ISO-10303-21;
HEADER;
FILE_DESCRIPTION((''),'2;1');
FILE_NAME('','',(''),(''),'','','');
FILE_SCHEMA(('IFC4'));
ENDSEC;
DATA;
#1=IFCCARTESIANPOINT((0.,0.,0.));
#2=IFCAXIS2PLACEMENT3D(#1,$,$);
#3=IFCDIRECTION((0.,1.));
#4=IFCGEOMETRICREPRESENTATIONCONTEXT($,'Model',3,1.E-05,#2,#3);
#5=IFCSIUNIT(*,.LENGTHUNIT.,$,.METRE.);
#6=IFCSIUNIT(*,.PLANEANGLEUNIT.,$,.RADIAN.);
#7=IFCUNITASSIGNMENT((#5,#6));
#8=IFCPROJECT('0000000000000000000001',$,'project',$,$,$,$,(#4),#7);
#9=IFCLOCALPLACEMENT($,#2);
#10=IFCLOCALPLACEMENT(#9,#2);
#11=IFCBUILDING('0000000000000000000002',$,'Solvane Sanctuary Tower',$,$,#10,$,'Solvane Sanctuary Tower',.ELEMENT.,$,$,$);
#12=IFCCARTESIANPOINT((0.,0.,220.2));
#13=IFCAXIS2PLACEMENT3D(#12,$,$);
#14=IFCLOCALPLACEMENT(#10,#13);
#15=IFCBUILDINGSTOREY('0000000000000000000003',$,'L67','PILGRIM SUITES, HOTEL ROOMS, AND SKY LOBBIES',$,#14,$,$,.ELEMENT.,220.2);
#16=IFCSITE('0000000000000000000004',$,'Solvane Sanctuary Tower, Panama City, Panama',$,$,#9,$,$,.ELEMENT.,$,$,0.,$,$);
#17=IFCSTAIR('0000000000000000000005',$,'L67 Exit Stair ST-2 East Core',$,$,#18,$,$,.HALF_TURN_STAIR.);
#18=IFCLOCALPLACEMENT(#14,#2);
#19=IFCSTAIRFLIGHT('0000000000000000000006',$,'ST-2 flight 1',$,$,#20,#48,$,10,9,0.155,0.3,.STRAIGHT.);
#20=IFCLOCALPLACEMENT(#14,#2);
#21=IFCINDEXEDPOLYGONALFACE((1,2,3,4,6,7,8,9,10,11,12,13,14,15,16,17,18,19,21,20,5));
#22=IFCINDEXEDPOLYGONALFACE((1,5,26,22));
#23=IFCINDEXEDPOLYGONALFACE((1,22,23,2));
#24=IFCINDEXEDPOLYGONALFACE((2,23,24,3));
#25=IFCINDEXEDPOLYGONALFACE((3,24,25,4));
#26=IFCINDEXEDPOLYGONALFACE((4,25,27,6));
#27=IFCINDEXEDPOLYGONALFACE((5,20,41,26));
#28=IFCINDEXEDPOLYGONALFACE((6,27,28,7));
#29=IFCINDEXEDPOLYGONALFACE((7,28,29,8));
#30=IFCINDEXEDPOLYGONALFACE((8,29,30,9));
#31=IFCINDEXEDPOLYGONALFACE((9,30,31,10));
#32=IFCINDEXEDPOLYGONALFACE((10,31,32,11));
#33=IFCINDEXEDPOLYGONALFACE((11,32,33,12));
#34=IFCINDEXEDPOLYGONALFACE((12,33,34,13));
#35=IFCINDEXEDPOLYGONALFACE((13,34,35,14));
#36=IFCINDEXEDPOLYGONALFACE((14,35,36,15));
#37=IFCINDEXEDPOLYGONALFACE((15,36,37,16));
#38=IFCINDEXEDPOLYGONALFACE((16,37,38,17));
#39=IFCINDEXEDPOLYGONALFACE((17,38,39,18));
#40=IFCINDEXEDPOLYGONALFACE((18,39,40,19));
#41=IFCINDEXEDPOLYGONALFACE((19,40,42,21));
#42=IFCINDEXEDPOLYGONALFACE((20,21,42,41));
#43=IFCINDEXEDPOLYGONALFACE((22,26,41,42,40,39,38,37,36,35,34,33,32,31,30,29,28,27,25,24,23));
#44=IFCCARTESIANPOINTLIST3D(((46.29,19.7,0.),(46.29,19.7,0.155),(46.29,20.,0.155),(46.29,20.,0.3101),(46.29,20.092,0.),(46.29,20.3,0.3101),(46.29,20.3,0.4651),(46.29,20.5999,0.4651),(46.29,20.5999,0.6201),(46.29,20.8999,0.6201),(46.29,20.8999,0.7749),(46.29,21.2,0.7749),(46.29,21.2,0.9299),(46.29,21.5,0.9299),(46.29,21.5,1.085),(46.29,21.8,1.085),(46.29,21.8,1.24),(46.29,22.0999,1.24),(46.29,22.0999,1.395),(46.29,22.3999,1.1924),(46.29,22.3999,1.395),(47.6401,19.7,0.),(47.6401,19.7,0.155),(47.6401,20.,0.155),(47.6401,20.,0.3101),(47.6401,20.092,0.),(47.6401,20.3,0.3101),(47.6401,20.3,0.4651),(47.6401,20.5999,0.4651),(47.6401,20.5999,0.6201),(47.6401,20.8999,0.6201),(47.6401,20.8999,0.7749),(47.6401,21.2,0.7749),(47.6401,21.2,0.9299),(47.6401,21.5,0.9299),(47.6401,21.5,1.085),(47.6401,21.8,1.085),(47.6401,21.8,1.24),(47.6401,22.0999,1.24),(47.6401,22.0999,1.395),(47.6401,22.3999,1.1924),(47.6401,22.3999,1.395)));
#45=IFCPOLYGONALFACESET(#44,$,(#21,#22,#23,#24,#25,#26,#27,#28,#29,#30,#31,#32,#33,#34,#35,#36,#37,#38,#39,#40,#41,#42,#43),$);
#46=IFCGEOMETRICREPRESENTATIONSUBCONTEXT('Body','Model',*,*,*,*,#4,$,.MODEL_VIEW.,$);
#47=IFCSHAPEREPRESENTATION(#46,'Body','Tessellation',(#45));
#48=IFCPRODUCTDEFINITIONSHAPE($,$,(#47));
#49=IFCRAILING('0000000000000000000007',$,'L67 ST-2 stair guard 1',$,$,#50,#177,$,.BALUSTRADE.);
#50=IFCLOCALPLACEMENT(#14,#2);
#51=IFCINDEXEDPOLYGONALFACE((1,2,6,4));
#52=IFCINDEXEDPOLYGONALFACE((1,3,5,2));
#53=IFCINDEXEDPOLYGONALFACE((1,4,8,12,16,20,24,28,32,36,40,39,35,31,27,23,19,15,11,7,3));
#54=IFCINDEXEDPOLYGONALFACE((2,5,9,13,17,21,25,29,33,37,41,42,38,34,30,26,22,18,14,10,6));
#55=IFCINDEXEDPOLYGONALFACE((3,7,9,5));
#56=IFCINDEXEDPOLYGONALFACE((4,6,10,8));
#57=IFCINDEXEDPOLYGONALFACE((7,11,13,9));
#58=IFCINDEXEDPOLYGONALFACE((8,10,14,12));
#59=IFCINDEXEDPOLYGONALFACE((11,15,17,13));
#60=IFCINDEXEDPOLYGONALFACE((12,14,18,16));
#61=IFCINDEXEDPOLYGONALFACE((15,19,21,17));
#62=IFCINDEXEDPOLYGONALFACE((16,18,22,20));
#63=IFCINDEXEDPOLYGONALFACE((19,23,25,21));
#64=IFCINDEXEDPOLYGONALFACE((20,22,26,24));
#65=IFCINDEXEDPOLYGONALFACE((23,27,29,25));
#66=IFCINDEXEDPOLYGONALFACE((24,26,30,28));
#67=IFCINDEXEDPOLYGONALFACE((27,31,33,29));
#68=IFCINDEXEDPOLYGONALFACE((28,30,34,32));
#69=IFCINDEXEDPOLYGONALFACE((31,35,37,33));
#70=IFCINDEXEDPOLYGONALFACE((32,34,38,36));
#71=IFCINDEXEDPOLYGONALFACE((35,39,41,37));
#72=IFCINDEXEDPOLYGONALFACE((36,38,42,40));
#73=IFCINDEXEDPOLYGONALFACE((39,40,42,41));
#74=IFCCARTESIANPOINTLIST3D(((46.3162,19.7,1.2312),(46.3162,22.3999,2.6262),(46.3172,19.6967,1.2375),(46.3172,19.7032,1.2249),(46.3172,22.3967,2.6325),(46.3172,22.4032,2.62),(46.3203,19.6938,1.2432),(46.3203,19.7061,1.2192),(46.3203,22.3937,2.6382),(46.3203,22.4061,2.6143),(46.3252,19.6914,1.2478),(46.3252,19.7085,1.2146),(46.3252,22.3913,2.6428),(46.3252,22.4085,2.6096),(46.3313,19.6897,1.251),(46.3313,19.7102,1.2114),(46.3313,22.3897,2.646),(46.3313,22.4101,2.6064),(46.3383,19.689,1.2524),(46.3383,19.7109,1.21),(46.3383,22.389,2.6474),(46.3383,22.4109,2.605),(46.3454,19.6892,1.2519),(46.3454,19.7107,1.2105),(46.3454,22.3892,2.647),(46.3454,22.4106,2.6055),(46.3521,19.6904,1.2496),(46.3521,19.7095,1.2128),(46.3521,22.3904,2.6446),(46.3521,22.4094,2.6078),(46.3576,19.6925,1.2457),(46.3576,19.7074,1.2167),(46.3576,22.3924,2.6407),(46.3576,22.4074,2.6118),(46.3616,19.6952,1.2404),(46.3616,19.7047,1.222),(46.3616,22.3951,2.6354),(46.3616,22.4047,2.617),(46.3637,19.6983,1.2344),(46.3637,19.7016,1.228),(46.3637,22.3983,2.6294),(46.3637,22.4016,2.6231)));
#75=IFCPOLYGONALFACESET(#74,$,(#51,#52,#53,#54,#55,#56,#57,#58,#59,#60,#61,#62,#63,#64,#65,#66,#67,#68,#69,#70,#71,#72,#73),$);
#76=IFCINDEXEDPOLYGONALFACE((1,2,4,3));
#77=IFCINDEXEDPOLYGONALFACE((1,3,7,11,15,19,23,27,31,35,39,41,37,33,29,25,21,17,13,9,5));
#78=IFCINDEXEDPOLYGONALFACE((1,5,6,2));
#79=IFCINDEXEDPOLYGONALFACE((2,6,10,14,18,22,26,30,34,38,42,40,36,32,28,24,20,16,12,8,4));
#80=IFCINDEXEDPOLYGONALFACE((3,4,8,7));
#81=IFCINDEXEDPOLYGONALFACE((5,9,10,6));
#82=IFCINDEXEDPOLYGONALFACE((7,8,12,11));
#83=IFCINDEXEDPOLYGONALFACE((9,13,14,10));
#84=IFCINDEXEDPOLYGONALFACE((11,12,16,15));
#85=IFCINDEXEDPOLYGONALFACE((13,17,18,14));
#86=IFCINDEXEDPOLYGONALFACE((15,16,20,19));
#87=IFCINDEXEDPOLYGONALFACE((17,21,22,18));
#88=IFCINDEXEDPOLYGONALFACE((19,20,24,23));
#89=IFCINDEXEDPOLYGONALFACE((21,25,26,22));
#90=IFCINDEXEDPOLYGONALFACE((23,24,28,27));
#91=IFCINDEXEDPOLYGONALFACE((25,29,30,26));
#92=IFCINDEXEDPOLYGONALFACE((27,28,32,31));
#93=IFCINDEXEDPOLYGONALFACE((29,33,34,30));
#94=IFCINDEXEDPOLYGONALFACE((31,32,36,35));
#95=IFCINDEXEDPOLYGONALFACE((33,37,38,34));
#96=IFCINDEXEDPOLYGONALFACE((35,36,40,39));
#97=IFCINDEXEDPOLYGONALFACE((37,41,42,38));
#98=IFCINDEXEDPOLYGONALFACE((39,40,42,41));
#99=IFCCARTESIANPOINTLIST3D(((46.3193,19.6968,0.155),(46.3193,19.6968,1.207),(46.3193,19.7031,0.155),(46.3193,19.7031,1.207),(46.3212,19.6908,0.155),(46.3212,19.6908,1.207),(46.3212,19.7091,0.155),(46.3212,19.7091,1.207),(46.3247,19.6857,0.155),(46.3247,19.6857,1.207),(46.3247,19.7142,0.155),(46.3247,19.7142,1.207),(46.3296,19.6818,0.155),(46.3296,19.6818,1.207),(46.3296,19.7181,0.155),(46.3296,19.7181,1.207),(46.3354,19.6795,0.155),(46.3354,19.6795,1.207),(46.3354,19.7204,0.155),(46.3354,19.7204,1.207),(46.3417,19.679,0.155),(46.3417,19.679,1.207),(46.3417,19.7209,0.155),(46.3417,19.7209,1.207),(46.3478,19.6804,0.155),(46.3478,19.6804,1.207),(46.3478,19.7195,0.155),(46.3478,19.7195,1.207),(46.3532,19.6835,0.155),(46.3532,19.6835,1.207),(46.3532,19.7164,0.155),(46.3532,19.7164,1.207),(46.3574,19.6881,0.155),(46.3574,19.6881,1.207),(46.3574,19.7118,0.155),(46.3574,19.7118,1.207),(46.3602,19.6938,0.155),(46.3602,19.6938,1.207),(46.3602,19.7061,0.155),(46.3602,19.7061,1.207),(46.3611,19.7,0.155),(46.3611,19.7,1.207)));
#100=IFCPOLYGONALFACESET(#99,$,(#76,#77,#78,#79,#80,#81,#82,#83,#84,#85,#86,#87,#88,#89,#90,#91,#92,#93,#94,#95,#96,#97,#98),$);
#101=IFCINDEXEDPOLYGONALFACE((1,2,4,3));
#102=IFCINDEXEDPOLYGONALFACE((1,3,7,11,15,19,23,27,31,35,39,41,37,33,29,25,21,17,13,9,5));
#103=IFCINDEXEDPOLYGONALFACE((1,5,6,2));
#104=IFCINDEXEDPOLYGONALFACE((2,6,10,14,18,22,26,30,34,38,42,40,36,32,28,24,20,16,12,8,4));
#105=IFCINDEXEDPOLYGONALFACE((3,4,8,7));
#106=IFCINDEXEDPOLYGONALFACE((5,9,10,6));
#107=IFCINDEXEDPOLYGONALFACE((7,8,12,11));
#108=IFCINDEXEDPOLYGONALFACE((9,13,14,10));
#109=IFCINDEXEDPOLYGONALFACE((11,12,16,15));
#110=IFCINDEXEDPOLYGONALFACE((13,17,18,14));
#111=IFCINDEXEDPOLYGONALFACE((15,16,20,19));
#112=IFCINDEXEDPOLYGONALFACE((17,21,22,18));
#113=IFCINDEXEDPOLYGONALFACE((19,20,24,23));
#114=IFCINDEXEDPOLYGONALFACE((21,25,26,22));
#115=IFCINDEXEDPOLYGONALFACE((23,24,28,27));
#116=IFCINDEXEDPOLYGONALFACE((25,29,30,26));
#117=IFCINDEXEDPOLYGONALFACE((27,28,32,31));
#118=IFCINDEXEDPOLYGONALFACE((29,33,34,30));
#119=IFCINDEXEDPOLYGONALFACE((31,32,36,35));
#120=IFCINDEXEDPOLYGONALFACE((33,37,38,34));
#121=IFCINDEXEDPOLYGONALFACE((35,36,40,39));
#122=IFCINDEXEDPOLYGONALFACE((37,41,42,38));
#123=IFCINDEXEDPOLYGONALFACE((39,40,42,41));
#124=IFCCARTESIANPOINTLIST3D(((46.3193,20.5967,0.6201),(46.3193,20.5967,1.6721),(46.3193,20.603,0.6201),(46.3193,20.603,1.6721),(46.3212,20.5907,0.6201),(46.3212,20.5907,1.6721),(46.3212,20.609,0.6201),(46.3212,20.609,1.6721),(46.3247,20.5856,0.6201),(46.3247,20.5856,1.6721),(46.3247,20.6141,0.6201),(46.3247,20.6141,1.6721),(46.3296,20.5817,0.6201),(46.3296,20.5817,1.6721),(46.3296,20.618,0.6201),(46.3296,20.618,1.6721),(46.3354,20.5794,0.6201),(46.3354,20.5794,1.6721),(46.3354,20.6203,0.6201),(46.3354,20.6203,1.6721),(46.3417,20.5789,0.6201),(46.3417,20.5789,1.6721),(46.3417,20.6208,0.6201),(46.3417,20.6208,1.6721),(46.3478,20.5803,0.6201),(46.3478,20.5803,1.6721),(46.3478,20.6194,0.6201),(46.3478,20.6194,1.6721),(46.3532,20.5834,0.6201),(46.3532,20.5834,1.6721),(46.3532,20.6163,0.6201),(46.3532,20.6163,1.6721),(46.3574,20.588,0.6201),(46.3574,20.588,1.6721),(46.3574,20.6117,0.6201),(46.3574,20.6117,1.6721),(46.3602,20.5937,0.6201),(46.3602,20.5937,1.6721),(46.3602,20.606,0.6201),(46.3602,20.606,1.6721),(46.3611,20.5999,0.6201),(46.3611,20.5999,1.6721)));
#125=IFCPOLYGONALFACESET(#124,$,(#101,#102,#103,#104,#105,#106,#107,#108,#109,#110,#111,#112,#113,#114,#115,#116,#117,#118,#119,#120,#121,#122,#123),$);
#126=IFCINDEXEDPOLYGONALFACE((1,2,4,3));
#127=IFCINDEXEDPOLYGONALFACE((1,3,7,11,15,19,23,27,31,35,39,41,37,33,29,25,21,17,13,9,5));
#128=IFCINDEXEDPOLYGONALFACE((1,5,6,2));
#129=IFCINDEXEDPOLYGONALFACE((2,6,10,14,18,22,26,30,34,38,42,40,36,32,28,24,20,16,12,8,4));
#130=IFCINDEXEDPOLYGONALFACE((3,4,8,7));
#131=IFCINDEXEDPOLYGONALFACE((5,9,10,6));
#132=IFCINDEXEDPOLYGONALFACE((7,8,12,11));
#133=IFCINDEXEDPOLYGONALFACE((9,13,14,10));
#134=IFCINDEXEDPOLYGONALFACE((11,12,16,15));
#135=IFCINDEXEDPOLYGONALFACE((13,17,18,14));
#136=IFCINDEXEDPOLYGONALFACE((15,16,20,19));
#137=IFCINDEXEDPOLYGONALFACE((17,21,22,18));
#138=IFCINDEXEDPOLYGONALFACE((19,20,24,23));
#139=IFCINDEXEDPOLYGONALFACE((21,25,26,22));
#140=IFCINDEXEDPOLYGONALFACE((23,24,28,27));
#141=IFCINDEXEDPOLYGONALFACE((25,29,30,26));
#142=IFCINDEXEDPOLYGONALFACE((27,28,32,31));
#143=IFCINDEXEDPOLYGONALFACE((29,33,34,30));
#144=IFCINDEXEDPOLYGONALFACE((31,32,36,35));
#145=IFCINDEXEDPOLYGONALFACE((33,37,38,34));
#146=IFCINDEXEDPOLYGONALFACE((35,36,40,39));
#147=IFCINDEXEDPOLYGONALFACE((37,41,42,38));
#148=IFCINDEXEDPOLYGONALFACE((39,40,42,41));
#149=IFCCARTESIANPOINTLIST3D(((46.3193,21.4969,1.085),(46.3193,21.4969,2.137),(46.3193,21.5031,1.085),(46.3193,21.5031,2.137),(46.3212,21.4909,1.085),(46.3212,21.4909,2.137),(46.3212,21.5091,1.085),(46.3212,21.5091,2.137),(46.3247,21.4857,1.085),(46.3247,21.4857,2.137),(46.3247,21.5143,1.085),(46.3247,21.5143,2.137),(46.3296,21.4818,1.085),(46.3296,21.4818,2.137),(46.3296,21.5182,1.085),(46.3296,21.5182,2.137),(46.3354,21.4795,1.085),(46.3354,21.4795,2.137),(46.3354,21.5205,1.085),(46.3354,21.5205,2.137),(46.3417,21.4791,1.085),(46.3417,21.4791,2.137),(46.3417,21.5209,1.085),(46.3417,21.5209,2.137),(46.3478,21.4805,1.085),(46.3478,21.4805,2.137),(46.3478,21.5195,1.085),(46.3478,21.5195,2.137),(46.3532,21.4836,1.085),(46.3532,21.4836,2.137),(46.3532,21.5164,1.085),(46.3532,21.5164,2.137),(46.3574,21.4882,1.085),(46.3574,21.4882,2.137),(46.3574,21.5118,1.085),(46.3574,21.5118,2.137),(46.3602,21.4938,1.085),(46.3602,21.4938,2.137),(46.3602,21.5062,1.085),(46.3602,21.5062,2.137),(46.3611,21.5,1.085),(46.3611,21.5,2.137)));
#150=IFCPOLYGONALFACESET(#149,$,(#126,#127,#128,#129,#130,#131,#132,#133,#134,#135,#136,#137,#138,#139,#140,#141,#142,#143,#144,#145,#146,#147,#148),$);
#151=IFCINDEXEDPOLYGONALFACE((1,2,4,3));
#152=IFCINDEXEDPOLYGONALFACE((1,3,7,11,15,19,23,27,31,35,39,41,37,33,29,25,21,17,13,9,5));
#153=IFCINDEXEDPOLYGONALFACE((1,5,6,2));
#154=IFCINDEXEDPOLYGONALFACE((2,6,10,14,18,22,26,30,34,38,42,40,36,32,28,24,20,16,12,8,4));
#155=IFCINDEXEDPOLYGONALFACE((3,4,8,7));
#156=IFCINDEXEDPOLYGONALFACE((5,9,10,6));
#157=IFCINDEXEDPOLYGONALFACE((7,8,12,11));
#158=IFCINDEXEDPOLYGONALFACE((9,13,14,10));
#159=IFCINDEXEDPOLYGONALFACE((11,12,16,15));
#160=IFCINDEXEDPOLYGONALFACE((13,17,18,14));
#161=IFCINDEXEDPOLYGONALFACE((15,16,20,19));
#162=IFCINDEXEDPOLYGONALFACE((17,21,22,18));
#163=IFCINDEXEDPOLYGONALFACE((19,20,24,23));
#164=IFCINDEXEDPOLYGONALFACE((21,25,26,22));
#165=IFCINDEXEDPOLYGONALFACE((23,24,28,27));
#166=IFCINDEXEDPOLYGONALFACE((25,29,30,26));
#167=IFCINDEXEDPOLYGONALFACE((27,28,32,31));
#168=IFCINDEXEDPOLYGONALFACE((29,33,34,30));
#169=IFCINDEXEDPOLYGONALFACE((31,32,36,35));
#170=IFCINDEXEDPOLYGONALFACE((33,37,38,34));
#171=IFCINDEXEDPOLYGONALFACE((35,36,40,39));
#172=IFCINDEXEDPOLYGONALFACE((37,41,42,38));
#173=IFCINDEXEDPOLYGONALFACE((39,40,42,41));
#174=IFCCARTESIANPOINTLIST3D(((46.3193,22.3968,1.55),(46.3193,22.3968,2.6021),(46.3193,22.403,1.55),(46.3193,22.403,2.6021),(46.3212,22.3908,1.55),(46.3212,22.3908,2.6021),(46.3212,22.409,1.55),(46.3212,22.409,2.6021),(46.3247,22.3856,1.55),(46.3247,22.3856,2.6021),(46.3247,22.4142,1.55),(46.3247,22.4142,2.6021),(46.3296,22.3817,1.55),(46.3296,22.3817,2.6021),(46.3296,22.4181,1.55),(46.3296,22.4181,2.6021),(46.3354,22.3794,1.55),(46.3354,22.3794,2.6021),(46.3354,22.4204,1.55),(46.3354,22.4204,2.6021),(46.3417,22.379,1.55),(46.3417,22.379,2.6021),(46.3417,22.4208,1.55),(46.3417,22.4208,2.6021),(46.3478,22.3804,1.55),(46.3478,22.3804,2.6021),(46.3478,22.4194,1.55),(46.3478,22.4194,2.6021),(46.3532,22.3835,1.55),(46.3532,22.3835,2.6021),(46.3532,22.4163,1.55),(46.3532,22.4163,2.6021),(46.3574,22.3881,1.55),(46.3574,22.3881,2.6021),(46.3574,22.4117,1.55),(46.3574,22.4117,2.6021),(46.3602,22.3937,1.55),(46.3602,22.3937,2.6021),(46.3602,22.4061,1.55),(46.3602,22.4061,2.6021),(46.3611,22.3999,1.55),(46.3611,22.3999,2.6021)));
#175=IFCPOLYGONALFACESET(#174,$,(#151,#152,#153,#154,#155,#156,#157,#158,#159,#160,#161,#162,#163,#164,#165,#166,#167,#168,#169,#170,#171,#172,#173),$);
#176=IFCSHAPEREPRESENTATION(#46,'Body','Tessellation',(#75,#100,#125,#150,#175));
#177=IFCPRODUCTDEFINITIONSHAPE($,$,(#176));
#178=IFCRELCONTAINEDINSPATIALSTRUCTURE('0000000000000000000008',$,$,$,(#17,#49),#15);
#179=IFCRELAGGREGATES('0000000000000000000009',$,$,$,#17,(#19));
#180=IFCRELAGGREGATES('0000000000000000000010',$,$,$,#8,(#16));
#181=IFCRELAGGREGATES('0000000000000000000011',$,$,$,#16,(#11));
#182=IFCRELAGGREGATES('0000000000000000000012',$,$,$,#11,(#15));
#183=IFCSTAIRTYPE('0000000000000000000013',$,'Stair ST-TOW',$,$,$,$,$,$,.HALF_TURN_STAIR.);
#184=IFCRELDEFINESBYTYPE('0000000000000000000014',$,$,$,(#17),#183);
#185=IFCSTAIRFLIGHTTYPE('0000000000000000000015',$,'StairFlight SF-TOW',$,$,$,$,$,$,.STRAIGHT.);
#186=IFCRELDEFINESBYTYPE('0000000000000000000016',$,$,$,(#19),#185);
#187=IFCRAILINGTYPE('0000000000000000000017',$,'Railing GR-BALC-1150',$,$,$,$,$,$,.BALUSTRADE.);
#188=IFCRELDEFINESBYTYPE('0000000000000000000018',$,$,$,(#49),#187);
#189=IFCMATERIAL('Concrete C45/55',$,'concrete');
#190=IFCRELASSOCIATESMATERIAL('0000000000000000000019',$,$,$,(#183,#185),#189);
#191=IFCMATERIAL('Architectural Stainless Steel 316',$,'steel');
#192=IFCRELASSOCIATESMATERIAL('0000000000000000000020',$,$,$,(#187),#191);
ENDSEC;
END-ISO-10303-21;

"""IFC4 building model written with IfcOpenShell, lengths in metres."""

from ifc_helpers import new_model, si_unit, direction, frame, origin, origin_2d, place, context, subcontext, project, spatial, polyline, circle, outline, extrude, material, type_object, element, aggregate, save


model = new_model("IFC4")

# Units and contexts
model_context = context("Model", 3, precision=1e-05, world=origin(), true_north=direction((0.0, 1.0)))
body_context = subcontext(model_context, "Body", "Model", "MODEL_VIEW")
ifc_project = project(units=[si_unit("LENGTHUNIT", "METRE"), si_unit("PLANEANGLEUNIT", "RADIAN")], contexts=[model_context])

# Site, building, storey
site_placement = place(None, origin())
site = spatial("IfcSite", under=ifc_project, at=site_placement, Name="Solvane Sanctuary Tower, Panama City, Panama", CompositionType="ELEMENT", RefElevation=0.0)
building_placement = place(site_placement, origin())
building = spatial("IfcBuilding", under=site, at=building_placement, Name="Solvane Sanctuary Tower", LongName="Solvane Sanctuary Tower", CompositionType="ELEMENT")
storey_placement = place(building_placement, frame((0.0, 0.0, 220.2)))
storey = spatial("IfcBuildingStorey", under=building, at=storey_placement, Name="L67", Description="PILGRIM SUITES, HOTEL ROOMS, AND SKY LOBBIES", CompositionType="ELEMENT", Elevation=220.2)

# Shared definitions
ifc_material_1 = material(Name="Architectural Stainless Steel 316", Category="steel")

# Stair, stair flight
ifc_material_2 = material(Name="Concrete C45/55", Category="concrete")
stair_type = type_object("IfcStairType", Name="Stair ST-TOW", PredefinedType="HALF_TURN_STAIR", material=ifc_material_2)
stair_placement = place(storey_placement, origin())
stair = element("IfcStair", 1, at=stair_placement, inside=storey, type_object=stair_type, Name="L67 Exit Stair ST-2 East Core", PredefinedType="HALF_TURN_STAIR")
stair_flight_type = type_object("IfcStairFlightType", Name="StairFlight SF-TOW", PredefinedType="STRAIGHT", material=ifc_material_2)
stair_flight_placement = place(storey_placement, frame((46.9651, 19.7, 0.0), z_axis=(0.0, 0.0, 1.0), x_axis=(0.0, 1.0, 0.0)))
stair_flight = element("IfcStairFlight", 2, at=stair_flight_placement, type_object=stair_flight_type, Name="ST-2 flight 1", NumberOfRisers=10, NumberOfTreads=9, PredefinedType="STRAIGHT", RiserHeight=0.155, TreadLength=0.3, context=body_context, shape_type="SweptSolid", body=[
    extrude(outline(polyline([(0.0, 0.0), (0.0, 0.155), (0.3, 0.155), (0.3, 0.3101), (0.6001, 0.3101), (0.6001, 0.4651), (0.8999, 0.4651), (0.8999, 0.6201), (1.2, 0.6201), (1.2, 0.7749), (1.5, 0.7749), (1.5, 0.9299), (1.8, 0.9299), (1.8, 1.085), (2.1001, 1.085), (2.1001, 1.24), (2.3999, 1.24), (2.3999, 1.395), (2.7, 1.395), (2.7, 1.55), (2.7, 1.1924), (0.3921, 0.0), (0.0, 0.0)])), frame((0.0, 0.675, 0.0), z_axis=(0.0, -1.0, 0.0), x_axis=(1.0, 0.0, 0.0)), (0.0, 0.0, 1.0), 1.3501),
])
aggregate(stair, [stair_flight])

# Railing
railing_type_1 = type_object("IfcRailingType", Name="Railing GR-BALC-1150", PredefinedType="BALUSTRADE", material=ifc_material_1)
railing_1_placement = place(storey_placement, frame((46.3401, 19.7, 0.155)))
element("IfcRailing", 3, at=railing_1_placement, inside=storey, type_object=railing_type_1, Name="L67 ST-2 stair guard 1", PredefinedType="BALUSTRADE", context=body_context, shape_type="SweptSolid", body=[
    extrude(circle(Radius=0.0239, at=origin_2d()), frame((0.0, 0.0, 1.0762), z_axis=(0.0, 0.88842, 0.459032), x_axis=(-1.0, 0.0, 0.0)), (0.0, 0.0, 1.0), 3.0391),
    extrude(circle(Radius=0.021, at=origin_2d()), origin(), (0.0, 0.0, 1.0), 1.052),
    extrude(circle(Radius=0.021, at=origin_2d()), frame((0.0, 0.8999, 0.4651)), (0.0, 0.0, 1.0), 1.052),
    extrude(circle(Radius=0.021, at=origin_2d()), frame((0.0, 1.8, 0.9299)), (0.0, 0.0, 1.0), 1.052),
    extrude(circle(Radius=0.021, at=origin_2d()), frame((0.0, 2.7, 1.395)), (0.0, 0.0, 1.0), 1.052),
])

save(model, "model.ifc")
